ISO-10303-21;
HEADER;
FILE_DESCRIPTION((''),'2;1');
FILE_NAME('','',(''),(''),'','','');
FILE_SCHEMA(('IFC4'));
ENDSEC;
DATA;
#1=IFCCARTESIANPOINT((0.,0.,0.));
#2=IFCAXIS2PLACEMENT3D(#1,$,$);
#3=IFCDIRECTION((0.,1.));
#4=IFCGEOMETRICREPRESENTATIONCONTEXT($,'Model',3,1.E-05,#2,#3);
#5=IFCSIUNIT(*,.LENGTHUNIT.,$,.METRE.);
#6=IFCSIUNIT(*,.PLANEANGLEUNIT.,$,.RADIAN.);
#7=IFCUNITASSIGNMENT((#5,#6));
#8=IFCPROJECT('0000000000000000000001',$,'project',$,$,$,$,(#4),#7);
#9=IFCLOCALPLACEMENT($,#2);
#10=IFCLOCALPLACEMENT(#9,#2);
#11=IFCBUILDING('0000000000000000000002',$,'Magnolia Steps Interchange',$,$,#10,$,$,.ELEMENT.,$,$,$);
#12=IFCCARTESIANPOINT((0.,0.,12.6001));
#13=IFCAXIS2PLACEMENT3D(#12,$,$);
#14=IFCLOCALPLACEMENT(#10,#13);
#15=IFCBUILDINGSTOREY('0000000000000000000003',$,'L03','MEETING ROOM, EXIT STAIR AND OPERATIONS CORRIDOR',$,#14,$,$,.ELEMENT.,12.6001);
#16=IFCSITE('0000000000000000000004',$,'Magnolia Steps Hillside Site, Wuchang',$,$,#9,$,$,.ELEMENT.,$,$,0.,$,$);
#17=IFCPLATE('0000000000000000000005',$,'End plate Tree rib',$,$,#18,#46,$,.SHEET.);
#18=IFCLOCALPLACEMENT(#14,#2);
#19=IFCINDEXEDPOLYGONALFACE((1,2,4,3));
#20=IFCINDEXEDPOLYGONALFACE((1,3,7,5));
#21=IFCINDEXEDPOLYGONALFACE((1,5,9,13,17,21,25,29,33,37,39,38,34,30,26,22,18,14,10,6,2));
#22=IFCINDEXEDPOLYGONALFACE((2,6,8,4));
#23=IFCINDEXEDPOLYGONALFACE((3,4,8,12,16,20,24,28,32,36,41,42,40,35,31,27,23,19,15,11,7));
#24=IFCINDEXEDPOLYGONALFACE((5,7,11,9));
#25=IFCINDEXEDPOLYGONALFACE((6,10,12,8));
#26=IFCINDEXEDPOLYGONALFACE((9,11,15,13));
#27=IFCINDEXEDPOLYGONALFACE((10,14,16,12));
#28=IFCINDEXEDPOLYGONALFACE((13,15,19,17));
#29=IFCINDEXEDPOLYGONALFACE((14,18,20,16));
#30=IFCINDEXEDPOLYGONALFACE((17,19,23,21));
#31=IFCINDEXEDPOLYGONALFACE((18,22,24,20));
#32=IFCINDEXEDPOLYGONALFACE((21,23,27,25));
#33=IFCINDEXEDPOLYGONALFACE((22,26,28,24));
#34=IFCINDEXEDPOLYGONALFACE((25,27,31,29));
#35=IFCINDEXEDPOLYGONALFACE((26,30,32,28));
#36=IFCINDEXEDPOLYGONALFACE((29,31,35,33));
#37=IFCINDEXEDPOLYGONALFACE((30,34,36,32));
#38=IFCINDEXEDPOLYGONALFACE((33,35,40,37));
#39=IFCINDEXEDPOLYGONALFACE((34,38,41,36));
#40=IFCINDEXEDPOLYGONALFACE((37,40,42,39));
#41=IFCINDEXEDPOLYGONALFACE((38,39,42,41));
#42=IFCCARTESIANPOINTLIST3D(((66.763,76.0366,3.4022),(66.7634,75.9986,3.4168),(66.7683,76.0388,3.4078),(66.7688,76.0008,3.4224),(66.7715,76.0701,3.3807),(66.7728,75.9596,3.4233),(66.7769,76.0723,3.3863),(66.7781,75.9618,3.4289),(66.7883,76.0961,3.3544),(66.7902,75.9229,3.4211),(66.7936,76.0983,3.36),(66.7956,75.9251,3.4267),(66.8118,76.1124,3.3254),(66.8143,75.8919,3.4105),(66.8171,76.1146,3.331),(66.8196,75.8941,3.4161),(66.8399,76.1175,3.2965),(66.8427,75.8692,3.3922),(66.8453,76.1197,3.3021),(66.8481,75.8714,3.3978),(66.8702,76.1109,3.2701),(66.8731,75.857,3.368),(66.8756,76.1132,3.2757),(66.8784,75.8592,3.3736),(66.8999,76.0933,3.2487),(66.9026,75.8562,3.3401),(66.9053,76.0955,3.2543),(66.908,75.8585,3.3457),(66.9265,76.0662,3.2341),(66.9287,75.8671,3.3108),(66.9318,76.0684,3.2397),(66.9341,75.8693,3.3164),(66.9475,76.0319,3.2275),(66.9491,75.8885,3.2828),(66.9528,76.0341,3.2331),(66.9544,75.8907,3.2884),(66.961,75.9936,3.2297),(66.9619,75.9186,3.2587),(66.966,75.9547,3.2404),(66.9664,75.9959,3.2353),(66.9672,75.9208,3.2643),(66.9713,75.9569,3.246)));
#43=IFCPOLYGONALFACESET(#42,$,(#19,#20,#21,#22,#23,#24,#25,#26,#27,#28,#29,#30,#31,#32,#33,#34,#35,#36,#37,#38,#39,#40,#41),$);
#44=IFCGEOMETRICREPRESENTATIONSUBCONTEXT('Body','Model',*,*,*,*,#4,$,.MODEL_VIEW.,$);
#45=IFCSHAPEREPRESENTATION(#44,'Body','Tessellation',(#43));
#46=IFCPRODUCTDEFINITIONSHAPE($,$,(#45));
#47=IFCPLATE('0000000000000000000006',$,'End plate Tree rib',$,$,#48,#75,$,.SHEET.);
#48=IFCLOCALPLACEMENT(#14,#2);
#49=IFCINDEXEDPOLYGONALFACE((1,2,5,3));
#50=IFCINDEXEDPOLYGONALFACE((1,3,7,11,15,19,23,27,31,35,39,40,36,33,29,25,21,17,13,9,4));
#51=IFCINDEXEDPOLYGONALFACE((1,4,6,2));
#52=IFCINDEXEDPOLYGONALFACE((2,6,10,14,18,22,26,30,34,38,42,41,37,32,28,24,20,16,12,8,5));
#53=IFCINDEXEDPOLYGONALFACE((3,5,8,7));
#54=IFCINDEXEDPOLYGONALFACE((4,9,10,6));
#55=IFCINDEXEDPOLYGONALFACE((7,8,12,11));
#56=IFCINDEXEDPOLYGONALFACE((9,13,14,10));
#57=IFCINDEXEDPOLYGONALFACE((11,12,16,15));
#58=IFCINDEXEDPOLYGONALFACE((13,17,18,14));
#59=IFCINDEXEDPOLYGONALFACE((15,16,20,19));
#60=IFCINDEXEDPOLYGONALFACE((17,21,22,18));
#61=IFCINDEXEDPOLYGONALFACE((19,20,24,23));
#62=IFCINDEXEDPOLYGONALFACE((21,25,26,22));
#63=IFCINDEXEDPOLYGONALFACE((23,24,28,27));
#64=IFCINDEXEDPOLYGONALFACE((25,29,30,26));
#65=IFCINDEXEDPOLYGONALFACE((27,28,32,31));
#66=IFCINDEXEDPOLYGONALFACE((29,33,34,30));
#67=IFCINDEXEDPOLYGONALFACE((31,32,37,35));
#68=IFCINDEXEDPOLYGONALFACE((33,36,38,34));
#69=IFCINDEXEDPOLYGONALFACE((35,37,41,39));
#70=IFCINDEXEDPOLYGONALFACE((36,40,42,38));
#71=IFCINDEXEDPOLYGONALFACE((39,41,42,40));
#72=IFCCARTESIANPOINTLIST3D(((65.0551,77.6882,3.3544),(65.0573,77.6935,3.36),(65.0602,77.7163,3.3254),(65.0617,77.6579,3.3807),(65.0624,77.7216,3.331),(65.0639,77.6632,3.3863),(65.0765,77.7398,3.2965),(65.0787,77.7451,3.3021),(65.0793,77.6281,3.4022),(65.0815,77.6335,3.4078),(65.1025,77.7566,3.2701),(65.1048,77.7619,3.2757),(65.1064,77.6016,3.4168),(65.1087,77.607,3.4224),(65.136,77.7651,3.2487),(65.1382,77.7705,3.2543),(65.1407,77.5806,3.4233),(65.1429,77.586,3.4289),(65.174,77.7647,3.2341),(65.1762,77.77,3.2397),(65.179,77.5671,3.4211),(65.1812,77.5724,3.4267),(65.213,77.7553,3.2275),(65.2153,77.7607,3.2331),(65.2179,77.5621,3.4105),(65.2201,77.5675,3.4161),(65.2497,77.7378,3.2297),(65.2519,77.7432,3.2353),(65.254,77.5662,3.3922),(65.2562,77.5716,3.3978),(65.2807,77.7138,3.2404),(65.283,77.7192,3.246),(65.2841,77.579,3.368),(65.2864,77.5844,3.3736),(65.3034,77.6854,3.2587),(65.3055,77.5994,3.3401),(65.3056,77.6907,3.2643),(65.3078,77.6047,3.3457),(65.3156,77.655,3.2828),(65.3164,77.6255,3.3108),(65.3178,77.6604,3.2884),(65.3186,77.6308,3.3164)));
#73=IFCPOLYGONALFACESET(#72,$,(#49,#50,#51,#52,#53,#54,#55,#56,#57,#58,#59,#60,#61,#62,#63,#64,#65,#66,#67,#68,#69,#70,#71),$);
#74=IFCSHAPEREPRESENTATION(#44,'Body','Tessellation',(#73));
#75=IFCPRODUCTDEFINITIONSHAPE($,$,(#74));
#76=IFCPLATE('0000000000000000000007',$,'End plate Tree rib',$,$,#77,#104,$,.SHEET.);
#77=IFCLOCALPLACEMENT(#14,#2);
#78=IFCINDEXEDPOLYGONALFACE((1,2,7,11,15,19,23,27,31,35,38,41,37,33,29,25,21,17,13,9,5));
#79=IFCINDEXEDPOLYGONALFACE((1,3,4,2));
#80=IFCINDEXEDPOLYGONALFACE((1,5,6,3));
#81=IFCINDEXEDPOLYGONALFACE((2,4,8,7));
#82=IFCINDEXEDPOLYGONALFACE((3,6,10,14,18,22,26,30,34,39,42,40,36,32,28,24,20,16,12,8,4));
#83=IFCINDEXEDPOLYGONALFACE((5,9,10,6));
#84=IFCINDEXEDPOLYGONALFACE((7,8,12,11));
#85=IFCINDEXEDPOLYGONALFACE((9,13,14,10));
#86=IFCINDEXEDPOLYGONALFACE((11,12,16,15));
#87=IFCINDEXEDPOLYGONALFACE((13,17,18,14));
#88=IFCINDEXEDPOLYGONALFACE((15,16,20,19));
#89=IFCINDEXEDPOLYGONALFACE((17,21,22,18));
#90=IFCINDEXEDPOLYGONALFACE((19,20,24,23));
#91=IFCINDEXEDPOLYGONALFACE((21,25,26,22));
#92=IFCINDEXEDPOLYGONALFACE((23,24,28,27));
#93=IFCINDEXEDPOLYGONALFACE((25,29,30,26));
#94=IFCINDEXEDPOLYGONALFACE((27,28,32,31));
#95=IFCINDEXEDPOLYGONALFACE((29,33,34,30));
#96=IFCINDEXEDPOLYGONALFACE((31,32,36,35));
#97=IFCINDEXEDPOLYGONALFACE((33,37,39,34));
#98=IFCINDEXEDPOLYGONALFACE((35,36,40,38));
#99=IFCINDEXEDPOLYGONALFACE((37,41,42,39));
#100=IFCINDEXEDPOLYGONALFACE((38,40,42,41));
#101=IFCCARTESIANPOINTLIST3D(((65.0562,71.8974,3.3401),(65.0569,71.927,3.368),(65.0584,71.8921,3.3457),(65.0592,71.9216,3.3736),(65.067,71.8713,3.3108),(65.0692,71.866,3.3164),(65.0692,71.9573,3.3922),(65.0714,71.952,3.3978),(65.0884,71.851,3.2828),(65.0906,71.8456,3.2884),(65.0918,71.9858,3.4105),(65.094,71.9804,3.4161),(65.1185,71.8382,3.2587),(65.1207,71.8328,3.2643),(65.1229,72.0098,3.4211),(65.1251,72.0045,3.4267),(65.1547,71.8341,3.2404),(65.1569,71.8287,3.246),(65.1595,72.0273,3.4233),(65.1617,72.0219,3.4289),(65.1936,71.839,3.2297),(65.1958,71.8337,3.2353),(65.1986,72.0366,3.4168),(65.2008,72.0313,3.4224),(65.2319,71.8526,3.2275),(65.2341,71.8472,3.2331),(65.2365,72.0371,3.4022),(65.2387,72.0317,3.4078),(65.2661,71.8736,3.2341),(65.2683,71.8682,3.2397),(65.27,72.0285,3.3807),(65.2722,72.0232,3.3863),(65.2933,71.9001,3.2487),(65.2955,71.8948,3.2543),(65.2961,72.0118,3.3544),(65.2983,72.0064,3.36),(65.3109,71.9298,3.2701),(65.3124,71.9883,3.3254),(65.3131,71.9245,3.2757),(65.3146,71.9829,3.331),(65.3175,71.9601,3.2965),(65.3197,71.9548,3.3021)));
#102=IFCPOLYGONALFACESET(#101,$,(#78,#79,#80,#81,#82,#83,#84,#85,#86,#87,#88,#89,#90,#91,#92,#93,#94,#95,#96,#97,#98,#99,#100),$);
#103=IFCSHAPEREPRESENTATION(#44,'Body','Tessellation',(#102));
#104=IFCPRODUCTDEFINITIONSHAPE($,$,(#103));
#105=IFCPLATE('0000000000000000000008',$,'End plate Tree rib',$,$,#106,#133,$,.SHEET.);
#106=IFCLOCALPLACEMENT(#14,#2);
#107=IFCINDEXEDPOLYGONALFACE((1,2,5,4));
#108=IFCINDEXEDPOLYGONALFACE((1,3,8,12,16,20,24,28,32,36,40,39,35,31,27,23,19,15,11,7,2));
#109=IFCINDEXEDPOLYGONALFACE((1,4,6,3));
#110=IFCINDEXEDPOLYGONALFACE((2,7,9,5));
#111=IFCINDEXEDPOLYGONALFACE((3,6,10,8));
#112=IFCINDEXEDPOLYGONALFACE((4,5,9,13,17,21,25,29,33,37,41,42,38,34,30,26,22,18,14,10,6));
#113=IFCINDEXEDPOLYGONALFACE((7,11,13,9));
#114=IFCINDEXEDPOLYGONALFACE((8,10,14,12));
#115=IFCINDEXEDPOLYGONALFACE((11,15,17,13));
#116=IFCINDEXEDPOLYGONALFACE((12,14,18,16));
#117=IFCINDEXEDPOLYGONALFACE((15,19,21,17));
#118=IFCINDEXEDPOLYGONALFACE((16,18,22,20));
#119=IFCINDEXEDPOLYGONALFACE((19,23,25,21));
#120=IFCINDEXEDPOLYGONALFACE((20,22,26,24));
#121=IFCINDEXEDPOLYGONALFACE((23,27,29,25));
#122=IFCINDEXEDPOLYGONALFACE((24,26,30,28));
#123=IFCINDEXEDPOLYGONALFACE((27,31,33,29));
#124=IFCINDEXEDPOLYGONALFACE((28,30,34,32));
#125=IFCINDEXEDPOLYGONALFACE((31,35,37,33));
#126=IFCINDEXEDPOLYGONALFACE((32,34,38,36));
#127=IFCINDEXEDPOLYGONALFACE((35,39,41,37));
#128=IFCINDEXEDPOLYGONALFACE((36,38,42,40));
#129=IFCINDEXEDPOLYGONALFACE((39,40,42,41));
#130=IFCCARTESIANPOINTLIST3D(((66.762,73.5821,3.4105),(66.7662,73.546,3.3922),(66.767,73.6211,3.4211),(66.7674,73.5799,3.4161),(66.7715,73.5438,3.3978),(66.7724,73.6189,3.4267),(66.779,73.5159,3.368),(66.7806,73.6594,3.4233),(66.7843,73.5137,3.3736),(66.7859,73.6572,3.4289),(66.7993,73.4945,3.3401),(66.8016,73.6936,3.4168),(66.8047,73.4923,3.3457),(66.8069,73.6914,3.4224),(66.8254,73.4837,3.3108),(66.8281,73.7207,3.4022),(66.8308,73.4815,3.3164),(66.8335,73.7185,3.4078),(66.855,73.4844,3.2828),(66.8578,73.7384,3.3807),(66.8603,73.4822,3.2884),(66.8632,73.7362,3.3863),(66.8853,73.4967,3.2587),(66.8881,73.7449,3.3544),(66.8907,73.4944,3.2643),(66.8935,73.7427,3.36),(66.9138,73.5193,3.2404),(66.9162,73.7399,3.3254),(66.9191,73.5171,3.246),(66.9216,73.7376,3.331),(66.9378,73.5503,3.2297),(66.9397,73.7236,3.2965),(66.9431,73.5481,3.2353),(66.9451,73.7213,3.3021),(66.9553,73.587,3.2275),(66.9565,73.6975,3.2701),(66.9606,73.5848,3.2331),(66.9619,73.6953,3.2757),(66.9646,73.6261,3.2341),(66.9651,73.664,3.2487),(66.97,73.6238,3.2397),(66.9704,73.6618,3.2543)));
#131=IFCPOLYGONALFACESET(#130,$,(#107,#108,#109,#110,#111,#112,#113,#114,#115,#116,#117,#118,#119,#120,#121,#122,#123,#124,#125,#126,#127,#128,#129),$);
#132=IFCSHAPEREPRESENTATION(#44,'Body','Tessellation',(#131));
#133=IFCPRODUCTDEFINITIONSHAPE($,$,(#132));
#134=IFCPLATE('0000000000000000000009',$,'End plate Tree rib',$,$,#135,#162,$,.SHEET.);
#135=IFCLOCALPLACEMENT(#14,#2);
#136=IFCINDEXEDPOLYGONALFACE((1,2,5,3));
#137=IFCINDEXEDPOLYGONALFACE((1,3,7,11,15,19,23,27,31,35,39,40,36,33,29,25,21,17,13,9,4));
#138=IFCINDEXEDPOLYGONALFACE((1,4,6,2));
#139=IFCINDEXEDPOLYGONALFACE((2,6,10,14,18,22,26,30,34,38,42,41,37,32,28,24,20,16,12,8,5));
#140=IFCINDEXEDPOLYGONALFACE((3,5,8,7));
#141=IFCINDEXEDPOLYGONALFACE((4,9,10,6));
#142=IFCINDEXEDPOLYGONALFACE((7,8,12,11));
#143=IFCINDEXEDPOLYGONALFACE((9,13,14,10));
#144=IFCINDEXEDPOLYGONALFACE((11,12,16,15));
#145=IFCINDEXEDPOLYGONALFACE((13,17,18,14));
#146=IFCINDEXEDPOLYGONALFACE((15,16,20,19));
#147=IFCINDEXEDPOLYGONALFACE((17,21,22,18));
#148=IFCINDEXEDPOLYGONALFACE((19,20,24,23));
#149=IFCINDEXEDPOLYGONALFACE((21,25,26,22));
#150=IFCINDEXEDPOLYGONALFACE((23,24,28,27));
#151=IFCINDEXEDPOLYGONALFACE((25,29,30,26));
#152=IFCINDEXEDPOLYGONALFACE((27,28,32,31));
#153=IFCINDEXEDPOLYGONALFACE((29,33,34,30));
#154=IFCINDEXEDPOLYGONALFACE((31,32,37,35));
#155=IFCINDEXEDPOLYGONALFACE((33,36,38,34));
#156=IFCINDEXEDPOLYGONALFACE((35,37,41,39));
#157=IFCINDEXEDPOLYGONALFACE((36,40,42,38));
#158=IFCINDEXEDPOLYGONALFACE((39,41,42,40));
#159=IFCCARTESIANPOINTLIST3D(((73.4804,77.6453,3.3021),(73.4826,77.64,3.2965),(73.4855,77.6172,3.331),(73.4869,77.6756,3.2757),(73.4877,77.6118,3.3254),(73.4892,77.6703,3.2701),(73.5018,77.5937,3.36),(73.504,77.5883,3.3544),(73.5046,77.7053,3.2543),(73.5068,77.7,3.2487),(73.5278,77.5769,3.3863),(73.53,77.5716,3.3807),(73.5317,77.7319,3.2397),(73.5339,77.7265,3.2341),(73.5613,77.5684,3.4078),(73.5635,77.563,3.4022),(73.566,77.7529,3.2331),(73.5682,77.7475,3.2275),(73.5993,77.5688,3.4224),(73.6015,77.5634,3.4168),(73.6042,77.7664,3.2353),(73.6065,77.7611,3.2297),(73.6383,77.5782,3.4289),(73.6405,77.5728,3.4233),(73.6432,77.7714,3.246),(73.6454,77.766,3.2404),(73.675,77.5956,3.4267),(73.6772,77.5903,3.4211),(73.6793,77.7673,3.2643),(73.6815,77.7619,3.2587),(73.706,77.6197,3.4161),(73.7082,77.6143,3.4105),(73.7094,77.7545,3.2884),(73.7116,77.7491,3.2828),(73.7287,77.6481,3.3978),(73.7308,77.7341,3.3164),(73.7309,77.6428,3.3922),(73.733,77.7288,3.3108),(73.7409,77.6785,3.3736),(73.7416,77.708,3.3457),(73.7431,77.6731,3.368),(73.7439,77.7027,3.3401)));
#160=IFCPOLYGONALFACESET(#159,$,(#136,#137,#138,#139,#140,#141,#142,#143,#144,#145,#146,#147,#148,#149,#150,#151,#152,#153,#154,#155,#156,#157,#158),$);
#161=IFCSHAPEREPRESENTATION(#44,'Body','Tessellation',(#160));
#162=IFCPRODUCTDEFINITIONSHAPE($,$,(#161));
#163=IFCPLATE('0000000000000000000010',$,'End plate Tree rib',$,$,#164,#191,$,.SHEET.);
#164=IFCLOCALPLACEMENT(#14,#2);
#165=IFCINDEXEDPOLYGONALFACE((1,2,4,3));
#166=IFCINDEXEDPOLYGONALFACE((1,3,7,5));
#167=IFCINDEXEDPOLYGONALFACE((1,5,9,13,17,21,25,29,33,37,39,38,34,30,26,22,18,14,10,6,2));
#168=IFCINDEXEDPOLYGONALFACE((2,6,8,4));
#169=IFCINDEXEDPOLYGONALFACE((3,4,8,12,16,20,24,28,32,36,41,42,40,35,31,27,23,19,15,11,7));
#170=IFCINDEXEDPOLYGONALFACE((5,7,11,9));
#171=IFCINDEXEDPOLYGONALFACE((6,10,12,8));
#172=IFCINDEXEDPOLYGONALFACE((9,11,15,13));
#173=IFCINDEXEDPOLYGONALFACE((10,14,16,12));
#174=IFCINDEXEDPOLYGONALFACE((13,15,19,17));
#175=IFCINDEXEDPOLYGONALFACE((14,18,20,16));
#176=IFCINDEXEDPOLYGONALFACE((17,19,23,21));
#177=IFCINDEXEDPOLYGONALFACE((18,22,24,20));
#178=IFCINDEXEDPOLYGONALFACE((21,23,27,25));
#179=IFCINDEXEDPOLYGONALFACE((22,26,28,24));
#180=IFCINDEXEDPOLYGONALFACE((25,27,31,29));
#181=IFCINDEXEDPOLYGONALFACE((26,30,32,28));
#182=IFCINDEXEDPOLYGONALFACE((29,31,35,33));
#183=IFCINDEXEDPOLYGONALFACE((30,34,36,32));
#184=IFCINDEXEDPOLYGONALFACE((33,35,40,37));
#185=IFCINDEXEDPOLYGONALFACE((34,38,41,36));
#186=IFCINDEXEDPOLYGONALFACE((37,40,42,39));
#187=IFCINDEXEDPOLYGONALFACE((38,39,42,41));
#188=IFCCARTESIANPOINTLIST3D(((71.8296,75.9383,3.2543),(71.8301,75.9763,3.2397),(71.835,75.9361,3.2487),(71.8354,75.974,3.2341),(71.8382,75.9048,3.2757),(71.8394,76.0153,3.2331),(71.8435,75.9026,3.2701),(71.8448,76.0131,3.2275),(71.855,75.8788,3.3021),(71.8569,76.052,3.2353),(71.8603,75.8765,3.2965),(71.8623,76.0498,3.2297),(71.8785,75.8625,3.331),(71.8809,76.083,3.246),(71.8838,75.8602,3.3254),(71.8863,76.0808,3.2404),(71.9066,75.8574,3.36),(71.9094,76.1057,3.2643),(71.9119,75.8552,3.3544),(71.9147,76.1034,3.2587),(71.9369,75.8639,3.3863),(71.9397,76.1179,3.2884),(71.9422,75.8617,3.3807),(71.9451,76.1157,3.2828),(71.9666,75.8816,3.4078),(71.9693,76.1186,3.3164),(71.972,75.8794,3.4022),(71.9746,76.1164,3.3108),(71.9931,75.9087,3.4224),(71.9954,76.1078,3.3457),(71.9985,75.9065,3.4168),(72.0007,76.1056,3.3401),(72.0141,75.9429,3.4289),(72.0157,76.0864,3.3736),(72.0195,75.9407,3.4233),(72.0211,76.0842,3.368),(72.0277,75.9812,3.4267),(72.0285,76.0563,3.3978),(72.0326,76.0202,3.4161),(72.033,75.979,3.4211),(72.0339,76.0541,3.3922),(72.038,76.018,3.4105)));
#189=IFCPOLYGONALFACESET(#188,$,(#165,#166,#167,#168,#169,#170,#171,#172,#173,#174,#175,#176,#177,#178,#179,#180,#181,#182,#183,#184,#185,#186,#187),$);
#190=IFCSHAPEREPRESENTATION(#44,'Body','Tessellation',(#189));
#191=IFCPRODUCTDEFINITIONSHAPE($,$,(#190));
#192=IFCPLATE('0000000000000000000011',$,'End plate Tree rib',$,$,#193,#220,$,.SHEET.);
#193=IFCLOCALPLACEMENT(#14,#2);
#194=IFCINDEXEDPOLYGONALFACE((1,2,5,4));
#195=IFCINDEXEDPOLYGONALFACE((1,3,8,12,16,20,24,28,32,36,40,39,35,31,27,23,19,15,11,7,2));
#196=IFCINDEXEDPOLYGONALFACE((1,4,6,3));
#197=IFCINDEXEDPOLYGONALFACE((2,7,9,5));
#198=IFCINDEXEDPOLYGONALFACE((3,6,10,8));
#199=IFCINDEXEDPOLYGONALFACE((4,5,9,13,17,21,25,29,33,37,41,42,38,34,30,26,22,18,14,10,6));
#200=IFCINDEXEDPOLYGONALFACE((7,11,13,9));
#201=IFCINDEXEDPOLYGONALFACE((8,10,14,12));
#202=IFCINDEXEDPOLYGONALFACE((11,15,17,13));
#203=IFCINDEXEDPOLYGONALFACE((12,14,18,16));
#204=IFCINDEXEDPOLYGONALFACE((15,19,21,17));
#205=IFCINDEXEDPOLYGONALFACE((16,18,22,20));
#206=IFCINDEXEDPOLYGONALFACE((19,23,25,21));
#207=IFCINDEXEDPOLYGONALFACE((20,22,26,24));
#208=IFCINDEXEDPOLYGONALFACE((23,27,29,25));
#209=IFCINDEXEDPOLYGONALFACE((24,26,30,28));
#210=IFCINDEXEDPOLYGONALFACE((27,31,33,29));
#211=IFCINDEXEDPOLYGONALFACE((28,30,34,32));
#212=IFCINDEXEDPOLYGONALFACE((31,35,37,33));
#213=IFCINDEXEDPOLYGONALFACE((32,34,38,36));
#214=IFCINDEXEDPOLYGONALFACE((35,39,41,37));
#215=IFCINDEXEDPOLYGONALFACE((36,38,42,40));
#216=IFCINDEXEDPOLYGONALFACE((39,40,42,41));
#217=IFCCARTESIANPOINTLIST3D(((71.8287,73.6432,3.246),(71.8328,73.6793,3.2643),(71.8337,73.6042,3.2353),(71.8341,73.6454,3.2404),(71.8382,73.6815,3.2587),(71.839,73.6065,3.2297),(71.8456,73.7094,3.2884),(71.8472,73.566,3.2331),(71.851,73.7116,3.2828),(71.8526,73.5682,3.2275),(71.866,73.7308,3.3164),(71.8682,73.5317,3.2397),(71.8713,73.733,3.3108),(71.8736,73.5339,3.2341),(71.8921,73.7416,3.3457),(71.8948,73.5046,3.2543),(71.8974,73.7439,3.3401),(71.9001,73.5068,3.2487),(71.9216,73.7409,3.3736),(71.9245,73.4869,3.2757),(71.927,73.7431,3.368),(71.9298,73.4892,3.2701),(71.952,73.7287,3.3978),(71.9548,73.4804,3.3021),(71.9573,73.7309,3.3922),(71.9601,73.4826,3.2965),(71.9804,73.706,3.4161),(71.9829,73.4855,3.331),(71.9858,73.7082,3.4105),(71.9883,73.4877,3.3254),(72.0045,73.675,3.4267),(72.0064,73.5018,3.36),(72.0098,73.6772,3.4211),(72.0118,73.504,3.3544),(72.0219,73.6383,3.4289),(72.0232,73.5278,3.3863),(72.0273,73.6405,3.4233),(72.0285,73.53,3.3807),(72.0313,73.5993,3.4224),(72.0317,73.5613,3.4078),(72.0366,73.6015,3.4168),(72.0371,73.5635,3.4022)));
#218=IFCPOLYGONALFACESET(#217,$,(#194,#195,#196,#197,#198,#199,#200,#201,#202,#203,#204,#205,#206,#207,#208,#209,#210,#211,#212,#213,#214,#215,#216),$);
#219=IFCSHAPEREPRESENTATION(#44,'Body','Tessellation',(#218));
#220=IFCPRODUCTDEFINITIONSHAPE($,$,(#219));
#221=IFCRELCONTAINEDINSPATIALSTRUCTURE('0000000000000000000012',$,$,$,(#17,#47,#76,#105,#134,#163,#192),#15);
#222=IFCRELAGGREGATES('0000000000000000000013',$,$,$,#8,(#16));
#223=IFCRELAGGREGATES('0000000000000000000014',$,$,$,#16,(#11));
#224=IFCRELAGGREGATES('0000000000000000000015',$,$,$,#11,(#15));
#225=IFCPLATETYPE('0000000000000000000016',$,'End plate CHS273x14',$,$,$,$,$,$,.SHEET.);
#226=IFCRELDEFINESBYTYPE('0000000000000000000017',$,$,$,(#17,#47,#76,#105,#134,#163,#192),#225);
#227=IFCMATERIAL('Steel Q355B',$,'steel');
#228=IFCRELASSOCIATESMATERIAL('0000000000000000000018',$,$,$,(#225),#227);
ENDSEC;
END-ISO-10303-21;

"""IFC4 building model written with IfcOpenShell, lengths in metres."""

from ifc_helpers import new_model, si_unit, direction, frame, origin, origin_2d, place, context, subcontext, project, spatial, circle, extrude, material, material_profile, profile_set, type_object, element, save


model = new_model("IFC4")

# Units and contexts
model_context = context("Model", 3, precision=1e-05, world=origin(), true_north=direction((0.0, 1.0)))
body_context = subcontext(model_context, "Body", "Model", "MODEL_VIEW")
ifc_project = project(units=[si_unit("LENGTHUNIT", "METRE"), si_unit("PLANEANGLEUNIT", "RADIAN")], contexts=[model_context])

# Site, building, storey
site_placement = place(None, origin())
site = spatial("IfcSite", under=ifc_project, at=site_placement, Name="Magnolia Steps Hillside Site, Wuchang", CompositionType="ELEMENT", RefElevation=0.0)
building_placement = place(site_placement, origin())
building = spatial("IfcBuilding", under=site, at=building_placement, Name="Magnolia Steps Interchange", CompositionType="ELEMENT")
storey_placement = place(building_placement, frame((0.0, 0.0, 12.6001)))
storey = spatial("IfcBuildingStorey", under=building, at=storey_placement, Name="L03", Description="MEETING ROOM, EXIT STAIR AND OPERATIONS CORRIDOR", CompositionType="ELEMENT", Elevation=12.6001)

# Plates
ifc_material_1 = material(Name="Steel Q355B", Category="steel")
ifc_material_profile_1 = material_profile(ifc_material_1, circle(Radius=0.1365, at=origin_2d()), Name="End plate CHS273x14")
ifc_profile_set_1 = profile_set([ifc_material_profile_1], Name="Steel Q355B")
plate_type = type_object("IfcPlateType", Name="End plate CHS273x14", PredefinedType="SHEET", material=ifc_profile_set_1)
for number, where, z_axis, x_axis, name in (
    (1, (66.864, 75.9863, 3.3254), (0.664583, 0.275279, 0.694658), (-0.382683, 0.92388, 0.0), "End plate Tree rib"),
    (2, (65.1863, 77.6641, 3.3254), (0.275279, 0.664583, 0.694658), (-0.92388, 0.382683, 0.0), "End plate Tree rib"),
    (3, (65.1863, 71.936, 3.3254), (0.275279, -0.664583, 0.694658), (0.92388, 0.382683, 0.0), "End plate Tree rib"),
    (4, (66.864, 73.6138, 3.3254), (0.664583, -0.275279, 0.694658), (0.382683, 0.92388, 0.0), "End plate Tree rib"),
    (5, (73.6138, 77.6641, 3.3254), (-0.275279, 0.664583, 0.694658), (-0.92388, -0.382683, 0.0), "End plate Tree rib"),
    (6, (71.936, 75.9863, 3.3254), (-0.664583, 0.275279, 0.694658), (-0.382683, -0.92388, 0.0), "End plate Tree rib"),
    (7, (71.936, 73.6138, 3.3254), (-0.664583, -0.275279, 0.694658), (0.382683, -0.92388, 0.0), "End plate Tree rib"),
):
    element("IfcPlate", number, at=place(storey_placement, frame(where, z_axis=z_axis, x_axis=x_axis)), inside=storey, type_object=plate_type, Name=name, PredefinedType="SHEET", context=body_context, shape_type="SweptSolid", body=[
        extrude(circle(Radius=0.1365, at=origin_2d()), origin(), (0.0, 0.0, 1.0), 0.0081),
    ])

save(model, "model.ifc")
